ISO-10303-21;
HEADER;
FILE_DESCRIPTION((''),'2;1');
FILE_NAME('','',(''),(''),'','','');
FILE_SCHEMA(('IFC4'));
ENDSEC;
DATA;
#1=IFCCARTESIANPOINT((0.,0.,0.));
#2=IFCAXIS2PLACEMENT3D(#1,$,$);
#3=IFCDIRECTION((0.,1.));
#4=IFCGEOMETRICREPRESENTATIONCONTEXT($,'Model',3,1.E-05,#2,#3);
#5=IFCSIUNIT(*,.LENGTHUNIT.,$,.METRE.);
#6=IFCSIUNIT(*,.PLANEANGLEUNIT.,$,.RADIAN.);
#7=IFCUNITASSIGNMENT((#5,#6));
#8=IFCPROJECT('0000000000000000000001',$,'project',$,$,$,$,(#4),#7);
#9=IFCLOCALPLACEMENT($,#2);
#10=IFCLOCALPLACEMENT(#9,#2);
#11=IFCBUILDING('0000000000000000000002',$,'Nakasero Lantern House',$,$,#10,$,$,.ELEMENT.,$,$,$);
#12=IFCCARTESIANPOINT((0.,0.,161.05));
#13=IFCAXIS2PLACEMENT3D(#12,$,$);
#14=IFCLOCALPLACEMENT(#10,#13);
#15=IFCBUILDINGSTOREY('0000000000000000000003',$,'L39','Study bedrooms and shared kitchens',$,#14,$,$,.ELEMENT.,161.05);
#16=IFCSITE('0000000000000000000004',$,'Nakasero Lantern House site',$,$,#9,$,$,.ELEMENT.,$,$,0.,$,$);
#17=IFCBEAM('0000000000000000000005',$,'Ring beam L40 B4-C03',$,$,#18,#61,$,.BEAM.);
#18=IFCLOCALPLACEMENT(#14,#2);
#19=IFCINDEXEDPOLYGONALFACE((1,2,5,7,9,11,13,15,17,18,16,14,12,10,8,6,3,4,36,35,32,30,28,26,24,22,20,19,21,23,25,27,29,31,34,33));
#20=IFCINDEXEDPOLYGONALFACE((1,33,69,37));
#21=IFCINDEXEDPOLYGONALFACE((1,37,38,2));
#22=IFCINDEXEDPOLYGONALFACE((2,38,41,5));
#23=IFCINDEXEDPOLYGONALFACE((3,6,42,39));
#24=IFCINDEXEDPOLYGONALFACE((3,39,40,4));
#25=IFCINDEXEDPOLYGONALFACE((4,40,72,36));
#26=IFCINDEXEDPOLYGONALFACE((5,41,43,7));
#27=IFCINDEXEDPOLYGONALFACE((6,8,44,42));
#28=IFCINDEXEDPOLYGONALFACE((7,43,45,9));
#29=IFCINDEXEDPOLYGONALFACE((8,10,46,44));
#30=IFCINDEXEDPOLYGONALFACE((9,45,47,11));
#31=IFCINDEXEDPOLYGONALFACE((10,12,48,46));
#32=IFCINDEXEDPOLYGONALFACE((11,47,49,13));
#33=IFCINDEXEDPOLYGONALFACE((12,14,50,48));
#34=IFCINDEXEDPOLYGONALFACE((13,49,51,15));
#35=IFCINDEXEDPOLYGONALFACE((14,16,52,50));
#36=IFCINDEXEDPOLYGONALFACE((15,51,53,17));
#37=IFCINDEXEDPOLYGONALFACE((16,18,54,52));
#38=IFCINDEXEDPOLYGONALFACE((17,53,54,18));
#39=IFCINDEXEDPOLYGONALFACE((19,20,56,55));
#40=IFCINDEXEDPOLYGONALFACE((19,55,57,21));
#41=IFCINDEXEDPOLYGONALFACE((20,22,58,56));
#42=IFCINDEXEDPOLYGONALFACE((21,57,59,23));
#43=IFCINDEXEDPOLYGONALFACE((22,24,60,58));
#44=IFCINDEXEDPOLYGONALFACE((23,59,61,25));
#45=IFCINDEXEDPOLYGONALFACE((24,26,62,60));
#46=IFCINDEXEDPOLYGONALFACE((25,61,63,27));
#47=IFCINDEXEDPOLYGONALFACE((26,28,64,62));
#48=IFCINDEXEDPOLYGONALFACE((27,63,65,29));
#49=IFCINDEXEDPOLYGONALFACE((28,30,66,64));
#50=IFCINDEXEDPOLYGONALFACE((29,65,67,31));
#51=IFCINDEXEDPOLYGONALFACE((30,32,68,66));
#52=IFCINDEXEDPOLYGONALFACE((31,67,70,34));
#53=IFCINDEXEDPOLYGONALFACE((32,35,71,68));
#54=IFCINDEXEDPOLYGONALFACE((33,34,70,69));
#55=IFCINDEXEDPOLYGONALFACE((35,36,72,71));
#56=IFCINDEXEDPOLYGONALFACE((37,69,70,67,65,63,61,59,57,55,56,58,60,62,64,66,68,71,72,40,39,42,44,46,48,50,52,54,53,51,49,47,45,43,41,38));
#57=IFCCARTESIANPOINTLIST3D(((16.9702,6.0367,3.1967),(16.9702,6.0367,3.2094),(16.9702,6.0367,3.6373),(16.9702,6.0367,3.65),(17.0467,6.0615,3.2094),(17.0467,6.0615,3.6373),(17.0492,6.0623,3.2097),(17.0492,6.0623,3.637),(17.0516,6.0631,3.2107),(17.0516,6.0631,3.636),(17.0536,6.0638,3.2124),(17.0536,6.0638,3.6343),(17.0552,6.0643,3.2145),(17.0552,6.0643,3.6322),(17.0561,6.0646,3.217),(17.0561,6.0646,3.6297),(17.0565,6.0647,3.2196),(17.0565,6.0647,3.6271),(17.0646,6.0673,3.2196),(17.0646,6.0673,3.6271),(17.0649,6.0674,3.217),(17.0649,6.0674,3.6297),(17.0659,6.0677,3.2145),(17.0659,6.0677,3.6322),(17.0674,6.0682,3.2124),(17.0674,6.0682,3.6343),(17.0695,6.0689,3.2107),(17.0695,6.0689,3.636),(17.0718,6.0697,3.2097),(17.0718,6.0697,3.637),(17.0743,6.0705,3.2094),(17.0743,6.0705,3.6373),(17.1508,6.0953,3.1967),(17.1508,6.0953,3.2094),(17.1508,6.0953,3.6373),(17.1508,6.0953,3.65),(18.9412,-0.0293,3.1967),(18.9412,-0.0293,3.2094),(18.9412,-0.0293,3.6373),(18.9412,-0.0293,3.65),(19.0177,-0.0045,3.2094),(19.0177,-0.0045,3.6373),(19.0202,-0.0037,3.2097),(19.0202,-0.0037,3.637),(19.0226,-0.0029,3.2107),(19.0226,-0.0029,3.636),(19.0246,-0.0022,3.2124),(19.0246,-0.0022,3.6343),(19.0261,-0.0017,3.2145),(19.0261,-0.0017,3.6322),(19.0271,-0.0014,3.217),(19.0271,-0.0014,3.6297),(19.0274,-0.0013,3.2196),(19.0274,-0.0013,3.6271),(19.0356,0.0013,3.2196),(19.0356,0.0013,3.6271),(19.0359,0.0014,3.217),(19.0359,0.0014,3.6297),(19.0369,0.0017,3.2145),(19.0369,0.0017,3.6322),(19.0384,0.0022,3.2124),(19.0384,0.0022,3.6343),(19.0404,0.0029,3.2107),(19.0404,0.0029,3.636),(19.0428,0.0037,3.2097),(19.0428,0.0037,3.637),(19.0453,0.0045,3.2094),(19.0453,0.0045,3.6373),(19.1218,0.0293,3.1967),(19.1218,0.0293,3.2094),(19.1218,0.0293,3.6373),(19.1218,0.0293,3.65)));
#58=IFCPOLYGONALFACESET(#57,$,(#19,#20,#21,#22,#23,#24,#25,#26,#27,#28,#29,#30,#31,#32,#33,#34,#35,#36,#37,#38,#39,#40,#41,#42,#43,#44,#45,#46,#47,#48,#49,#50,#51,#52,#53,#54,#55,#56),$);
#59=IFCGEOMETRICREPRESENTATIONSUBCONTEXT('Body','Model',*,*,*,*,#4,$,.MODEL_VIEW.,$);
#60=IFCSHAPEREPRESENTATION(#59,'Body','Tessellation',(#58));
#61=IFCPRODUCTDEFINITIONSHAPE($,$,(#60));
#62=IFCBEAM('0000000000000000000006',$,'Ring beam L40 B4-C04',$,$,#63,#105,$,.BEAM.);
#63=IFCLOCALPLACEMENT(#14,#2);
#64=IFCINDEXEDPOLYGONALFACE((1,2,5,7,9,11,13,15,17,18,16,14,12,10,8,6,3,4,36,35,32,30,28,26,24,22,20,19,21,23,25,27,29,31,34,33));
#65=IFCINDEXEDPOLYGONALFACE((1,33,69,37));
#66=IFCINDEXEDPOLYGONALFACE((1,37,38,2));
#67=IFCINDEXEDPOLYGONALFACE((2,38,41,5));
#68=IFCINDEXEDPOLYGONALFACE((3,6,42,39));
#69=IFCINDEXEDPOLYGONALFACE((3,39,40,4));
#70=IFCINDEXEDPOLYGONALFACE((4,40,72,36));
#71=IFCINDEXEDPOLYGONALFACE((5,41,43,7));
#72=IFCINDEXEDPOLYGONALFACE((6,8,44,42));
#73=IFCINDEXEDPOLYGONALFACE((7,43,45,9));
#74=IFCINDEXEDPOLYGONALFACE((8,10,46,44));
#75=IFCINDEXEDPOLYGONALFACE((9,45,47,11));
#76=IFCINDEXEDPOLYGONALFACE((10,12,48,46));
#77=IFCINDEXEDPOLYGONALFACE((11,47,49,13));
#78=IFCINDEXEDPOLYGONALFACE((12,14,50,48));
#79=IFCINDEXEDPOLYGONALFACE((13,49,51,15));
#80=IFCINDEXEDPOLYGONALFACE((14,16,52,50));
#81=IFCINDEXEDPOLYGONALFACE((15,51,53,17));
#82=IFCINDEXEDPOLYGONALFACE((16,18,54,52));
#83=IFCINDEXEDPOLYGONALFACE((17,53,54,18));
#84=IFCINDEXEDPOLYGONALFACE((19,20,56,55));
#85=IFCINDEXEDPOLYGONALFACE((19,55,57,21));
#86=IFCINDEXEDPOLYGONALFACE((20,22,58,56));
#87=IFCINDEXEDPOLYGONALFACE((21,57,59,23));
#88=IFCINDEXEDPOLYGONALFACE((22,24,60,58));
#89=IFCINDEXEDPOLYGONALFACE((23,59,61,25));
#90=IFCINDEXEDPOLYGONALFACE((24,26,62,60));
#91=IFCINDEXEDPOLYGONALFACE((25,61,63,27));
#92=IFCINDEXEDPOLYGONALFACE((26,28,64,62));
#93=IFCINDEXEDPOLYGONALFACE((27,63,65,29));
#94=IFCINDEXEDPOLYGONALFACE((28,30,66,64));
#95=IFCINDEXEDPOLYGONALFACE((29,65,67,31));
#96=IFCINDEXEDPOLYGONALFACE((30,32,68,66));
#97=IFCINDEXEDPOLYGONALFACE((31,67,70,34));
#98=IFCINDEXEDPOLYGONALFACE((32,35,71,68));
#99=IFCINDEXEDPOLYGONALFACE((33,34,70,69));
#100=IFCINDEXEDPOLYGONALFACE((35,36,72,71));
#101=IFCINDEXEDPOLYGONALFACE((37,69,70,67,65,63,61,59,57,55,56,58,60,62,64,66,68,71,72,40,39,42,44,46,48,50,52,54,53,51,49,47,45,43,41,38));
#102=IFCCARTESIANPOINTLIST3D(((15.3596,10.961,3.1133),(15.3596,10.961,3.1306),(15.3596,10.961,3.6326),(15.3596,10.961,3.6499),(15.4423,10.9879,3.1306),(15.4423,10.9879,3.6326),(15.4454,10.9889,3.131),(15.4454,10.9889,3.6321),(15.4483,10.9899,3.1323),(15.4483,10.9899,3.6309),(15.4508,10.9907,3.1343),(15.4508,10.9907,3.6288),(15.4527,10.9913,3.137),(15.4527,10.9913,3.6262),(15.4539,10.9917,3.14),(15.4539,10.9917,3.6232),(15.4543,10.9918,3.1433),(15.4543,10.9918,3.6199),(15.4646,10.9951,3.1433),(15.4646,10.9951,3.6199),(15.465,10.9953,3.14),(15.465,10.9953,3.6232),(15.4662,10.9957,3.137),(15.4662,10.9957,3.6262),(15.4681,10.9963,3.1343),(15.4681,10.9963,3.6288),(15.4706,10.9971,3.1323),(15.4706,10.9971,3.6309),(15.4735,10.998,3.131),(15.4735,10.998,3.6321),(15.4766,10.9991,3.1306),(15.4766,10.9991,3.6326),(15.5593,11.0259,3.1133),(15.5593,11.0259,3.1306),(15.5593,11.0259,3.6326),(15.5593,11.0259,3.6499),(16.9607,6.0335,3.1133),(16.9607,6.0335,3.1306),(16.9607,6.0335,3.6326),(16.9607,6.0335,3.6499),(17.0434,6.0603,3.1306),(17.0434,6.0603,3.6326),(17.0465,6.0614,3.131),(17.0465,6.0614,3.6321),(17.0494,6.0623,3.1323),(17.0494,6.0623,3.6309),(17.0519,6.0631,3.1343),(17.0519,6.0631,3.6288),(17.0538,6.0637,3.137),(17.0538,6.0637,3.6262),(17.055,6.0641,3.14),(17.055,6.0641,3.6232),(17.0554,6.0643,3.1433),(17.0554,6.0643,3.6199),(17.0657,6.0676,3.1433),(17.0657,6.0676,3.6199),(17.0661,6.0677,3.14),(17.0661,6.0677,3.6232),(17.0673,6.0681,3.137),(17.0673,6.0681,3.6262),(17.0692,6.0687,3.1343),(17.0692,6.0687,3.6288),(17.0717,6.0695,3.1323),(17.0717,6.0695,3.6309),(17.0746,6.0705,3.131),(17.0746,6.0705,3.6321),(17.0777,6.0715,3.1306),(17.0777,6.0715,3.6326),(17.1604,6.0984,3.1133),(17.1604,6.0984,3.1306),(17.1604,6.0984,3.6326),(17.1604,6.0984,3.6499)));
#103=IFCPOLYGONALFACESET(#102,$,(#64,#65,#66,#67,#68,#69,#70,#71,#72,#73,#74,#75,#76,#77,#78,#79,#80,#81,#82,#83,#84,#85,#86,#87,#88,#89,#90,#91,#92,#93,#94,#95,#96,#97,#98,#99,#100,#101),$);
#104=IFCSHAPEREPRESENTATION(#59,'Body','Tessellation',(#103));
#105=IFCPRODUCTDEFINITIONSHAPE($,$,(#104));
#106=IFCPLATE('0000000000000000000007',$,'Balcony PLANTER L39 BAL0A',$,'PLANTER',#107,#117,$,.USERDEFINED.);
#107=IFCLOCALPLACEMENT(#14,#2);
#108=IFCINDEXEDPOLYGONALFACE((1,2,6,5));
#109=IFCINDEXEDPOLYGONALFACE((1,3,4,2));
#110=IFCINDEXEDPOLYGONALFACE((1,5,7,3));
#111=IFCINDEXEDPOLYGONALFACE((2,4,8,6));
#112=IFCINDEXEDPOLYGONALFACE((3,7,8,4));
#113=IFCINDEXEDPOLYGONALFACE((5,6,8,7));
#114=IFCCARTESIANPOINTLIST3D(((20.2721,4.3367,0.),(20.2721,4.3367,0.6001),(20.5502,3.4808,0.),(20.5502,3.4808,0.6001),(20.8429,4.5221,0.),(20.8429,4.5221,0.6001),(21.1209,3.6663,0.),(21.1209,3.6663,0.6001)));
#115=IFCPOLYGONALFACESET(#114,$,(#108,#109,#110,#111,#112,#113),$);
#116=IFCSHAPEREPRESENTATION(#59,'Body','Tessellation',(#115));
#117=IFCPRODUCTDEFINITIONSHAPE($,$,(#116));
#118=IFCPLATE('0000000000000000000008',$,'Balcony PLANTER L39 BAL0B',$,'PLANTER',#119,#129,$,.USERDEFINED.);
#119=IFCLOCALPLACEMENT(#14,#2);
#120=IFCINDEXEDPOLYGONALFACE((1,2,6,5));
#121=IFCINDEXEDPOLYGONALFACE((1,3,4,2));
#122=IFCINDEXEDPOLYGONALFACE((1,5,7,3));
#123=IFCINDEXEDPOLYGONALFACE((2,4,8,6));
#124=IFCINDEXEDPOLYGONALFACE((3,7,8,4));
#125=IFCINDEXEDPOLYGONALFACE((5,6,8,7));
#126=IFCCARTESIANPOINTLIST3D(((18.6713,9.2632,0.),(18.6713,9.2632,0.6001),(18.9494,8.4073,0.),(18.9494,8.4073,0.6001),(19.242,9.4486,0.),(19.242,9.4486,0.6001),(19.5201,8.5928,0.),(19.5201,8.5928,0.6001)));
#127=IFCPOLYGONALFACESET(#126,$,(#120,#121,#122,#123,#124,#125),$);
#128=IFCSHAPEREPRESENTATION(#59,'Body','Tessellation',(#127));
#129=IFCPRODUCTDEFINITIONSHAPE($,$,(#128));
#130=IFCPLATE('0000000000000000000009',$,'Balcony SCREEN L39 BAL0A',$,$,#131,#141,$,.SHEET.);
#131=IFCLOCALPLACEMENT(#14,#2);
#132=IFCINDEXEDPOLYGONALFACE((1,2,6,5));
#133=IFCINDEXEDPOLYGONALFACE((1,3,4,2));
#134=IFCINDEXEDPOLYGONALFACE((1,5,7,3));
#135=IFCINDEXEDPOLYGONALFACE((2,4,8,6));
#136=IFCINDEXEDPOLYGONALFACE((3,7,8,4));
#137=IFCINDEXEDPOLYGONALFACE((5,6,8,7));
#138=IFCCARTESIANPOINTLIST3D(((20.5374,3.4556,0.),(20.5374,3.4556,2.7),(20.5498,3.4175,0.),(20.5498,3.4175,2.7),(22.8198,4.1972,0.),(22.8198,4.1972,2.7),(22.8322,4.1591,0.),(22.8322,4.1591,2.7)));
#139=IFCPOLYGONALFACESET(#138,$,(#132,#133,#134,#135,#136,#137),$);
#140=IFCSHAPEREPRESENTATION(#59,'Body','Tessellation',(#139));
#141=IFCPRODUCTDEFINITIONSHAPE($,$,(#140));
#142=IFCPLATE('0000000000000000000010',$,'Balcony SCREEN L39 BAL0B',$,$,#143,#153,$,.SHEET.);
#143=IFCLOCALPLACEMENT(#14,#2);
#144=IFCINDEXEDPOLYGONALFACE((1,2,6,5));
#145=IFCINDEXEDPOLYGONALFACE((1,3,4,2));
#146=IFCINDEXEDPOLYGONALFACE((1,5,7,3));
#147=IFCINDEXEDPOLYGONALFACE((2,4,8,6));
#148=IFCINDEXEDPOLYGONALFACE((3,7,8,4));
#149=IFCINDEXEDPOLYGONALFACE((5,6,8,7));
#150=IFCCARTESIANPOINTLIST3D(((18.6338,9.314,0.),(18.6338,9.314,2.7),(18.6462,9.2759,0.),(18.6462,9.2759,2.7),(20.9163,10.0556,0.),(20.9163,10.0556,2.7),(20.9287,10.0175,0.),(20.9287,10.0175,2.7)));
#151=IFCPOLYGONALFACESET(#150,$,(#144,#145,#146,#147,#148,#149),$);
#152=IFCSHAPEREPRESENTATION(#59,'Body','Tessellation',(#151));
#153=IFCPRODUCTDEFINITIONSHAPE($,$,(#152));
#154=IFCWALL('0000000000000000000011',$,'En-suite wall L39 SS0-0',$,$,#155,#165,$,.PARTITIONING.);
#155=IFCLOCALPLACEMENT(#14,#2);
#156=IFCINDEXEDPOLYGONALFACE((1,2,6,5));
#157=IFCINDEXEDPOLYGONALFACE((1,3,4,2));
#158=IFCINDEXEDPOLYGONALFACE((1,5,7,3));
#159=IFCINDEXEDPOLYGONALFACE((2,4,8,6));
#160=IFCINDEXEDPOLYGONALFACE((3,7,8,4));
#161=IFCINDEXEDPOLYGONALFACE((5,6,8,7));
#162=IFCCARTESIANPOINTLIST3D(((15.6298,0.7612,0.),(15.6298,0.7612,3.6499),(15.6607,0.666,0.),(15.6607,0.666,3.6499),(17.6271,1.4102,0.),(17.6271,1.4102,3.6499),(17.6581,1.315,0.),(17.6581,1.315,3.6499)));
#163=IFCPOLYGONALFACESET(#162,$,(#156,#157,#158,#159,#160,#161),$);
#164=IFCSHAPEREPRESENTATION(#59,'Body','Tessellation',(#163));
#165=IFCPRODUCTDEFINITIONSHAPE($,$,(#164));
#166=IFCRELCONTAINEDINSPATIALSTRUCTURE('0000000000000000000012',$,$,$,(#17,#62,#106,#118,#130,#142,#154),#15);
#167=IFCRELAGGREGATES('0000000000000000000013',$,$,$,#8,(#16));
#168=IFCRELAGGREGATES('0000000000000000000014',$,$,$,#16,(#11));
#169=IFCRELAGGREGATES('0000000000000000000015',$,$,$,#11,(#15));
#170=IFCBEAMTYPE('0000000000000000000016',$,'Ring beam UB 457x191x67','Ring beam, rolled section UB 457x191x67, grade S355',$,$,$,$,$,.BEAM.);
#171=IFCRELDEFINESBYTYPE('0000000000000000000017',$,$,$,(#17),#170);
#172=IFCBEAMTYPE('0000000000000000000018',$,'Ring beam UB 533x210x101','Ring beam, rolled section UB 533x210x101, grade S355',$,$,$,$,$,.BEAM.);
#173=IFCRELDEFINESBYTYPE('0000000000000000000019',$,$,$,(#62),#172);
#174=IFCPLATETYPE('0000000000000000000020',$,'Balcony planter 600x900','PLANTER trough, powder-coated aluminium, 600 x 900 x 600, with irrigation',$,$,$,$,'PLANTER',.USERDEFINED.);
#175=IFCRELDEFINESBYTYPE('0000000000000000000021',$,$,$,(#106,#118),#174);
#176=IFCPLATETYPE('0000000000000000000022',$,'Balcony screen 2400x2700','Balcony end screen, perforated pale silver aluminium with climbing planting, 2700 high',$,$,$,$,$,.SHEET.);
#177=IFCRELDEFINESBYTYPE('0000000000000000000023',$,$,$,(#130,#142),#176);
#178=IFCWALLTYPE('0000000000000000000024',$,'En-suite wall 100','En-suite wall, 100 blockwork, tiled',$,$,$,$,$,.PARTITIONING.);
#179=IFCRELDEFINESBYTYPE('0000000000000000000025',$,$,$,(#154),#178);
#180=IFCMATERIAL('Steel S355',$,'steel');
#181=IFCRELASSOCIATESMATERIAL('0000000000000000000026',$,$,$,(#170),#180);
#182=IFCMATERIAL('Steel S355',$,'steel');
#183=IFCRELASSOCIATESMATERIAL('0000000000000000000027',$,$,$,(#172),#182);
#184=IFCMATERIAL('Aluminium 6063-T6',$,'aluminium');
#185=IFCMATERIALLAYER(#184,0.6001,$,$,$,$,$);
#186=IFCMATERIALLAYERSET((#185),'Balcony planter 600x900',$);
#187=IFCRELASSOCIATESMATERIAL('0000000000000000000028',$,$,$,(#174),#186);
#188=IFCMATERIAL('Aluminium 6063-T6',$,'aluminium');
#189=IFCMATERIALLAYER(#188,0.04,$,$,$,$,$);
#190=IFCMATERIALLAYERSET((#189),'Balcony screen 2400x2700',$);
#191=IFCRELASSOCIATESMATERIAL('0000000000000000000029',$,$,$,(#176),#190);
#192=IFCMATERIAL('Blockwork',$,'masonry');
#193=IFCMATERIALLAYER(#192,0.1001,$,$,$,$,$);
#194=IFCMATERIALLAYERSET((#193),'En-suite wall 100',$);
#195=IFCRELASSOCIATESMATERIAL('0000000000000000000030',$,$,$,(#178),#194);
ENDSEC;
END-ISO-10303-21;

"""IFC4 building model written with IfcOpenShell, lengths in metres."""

from ifc_helpers import new_model, si_unit, direction, frame, frame_2d, origin, origin_2d, place, context, subcontext, project, spatial, rectangle, i_section, extrude, material, layer, layer_set, material_profile, profile_set, type_object, element, save


model = new_model("IFC4")

# Units and contexts
model_context = context("Model", 3, precision=1e-05, world=origin(), true_north=direction((0.0, 1.0)))
body_context = subcontext(model_context, "Body", "Model", "MODEL_VIEW")
ifc_project = project(units=[si_unit("LENGTHUNIT", "METRE"), si_unit("PLANEANGLEUNIT", "RADIAN")], contexts=[model_context])

# Site, building, storey
site_placement = place(None, origin())
site = spatial("IfcSite", under=ifc_project, at=site_placement, Name="Nakasero Lantern House site", CompositionType="ELEMENT", RefElevation=0.0)
building_placement = place(site_placement, origin())
building = spatial("IfcBuilding", under=site, at=building_placement, Name="Nakasero Lantern House", CompositionType="ELEMENT")
storey_placement = place(building_placement, frame((0.0, 0.0, 161.05)))
storey = spatial("IfcBuildingStorey", under=building, at=storey_placement, Name="L39", Description="Study bedrooms and shared kitchens", CompositionType="ELEMENT", Elevation=161.05)

# Beams
ifc_material_1 = material(Name="Steel S355", Category="steel")
ifc_material_profile_1 = material_profile(ifc_material_1, i_section(OverallWidth=0.1899, OverallDepth=0.4534, WebThickness=0.0085, FlangeThickness=0.0127, FilletRadius=0.0103, at=origin_2d()), Name="UB 457x191x67")
ifc_profile_set_1 = profile_set([ifc_material_profile_1], Name="Steel S355")
beam_type_1 = type_object("IfcBeamType", Name="Ring beam UB 457x191x67", Description="Ring beam, rolled section UB 457x191x67, grade S355", PredefinedType="BEAM", material=ifc_profile_set_1)
beam_1_placement = place(storey_placement, frame((19.0315, 0.0, 3.4233), z_axis=(-0.309019, 0.951056, 0.0), x_axis=(-0.951056, -0.309019, 0.0)))
element("IfcBeam", 1, at=beam_1_placement, inside=storey, type_object=beam_type_1, Name="Ring beam L40 B4-C03", PredefinedType="BEAM", context=body_context, shape_type="SweptSolid", body=[
    extrude(i_section(OverallWidth=0.1899, OverallDepth=0.4534, WebThickness=0.0085, FlangeThickness=0.0127, FilletRadius=0.0103, at=origin_2d()), origin(), (0.0, 0.0, 1.0), 6.3782),
])
ifc_material_2 = material(Name="Steel S355", Category="steel")
ifc_material_profile_2 = material_profile(ifc_material_2, i_section(OverallWidth=0.21, OverallDepth=0.5366, WebThickness=0.0107, FlangeThickness=0.0173, FilletRadius=0.0127, at=origin_2d()), Name="UB 533x210x101")
ifc_profile_set_2 = profile_set([ifc_material_profile_2], Name="Steel S355")
beam_type_2 = type_object("IfcBeamType", Name="Ring beam UB 533x210x101", Description="Ring beam, rolled section UB 533x210x101, grade S355", PredefinedType="BEAM", material=ifc_profile_set_2)
beam_2_placement = place(storey_placement, frame((17.0605, 6.0659, 3.3816), z_axis=(-0.309023, 0.951054, 0.0), x_axis=(-0.951054, -0.309023, 0.0)))
element("IfcBeam", 2, at=beam_2_placement, inside=storey, type_object=beam_type_2, Name="Ring beam L40 B4-C04", PredefinedType="BEAM", context=body_context, shape_type="SweptSolid", body=[
    extrude(i_section(OverallWidth=0.21, OverallDepth=0.5366, WebThickness=0.0107, FlangeThickness=0.0173, FilletRadius=0.0127, at=origin_2d()), origin(), (0.0, 0.0, 1.0), 5.1812),
])

# Plates
ifc_material_3 = material(Name="Aluminium 6063-T6", Category="aluminium")
ifc_layer_1 = layer(ifc_material_3, 0.6001)
ifc_layer_set_1 = layer_set([ifc_layer_1], Name="Balcony planter 600x900")
plate_type_1 = type_object("IfcPlateType", Name="Balcony planter 600x900", Description="PLANTER trough, powder-coated aluminium, 600 x 900 x 600, with irrigation", ElementType="PLANTER", PredefinedType="USERDEFINED", material=ifc_layer_set_1)
for number, where, z_axis, x_axis, name in (
    (3, (20.6965, 4.0015, 0.0), (0.0, 0.0, 1.0), (0.951057, 0.309017, 0.0), "Balcony PLANTER L39 BAL0A"),
    (4, (19.0957, 8.928, 0.0), (0.0, 0.0, 1.0), (0.951057, 0.309017, 0.0), "Balcony PLANTER L39 BAL0B"),
):
    element("IfcPlate", number, at=place(storey_placement, frame(where, z_axis=z_axis, x_axis=x_axis)), inside=storey, type_object=plate_type_1, Name=name, ObjectType="PLANTER", PredefinedType="USERDEFINED", context=body_context, shape_type="SweptSolid", body=[
        extrude(rectangle(XDim=0.6001, YDim=0.8999, at=origin_2d()), origin(), (0.0, 0.0, 1.0), 0.6001),
    ])
ifc_material_4 = material(Name="Aluminium 6063-T6", Category="aluminium")
ifc_layer_2 = layer(ifc_material_4, 0.04)
ifc_layer_set_2 = layer_set([ifc_layer_2], Name="Balcony screen 2400x2700")
plate_type_2 = type_object("IfcPlateType", Name="Balcony screen 2400x2700", Description="Balcony end screen, perforated pale silver aluminium with climbing planting, 2700 high", PredefinedType="SHEET", material=ifc_layer_set_2)
for number, where, z_axis, x_axis, name in (
    (5, (21.6848, 3.8074, 0.0), (0.0, 0.0, 1.0), (0.951057, 0.309017, 0.0), "Balcony SCREEN L39 BAL0A"),
    (6, (19.7812, 9.6658, 0.0), (0.0, 0.0, 1.0), (0.951057, 0.309017, 0.0), "Balcony SCREEN L39 BAL0B"),
):
    element("IfcPlate", number, at=place(storey_placement, frame(where, z_axis=z_axis, x_axis=x_axis)), inside=storey, type_object=plate_type_2, Name=name, PredefinedType="SHEET", context=body_context, shape_type="SweptSolid", body=[
        extrude(rectangle(XDim=2.3999, YDim=0.04, at=origin_2d()), origin(), (0.0, 0.0, 1.0), 2.7),
    ])

# Wall
ifc_material_5 = material(Name="Blockwork", Category="masonry")
ifc_layer_3 = layer(ifc_material_5, 0.1001)
ifc_layer_set_3 = layer_set([ifc_layer_3], Name="En-suite wall 100")
wall_type_1 = type_object("IfcWallType", Name="En-suite wall 100", Description="En-suite wall, 100 blockwork, tiled", PredefinedType="PARTITIONING", material=ifc_layer_set_3)
wall_1_placement = place(storey_placement, frame((15.6453, 0.7136, 0.0), z_axis=(0.0, 0.0, 1.0), x_axis=(0.951062, 0.308999, 0.0)))
element("IfcWall", 7, at=wall_1_placement, inside=storey, type_object=wall_type_1, Name="En-suite wall L39 SS0-0", PredefinedType="PARTITIONING", context=body_context, shape_type="SweptSolid", body=[
    extrude(rectangle(XDim=2.1001, YDim=0.1001, at=frame_2d((1.05, 0.0))), origin(), (0.0, 0.0, 1.0), 3.6499),
])

save(model, "model.ifc")
